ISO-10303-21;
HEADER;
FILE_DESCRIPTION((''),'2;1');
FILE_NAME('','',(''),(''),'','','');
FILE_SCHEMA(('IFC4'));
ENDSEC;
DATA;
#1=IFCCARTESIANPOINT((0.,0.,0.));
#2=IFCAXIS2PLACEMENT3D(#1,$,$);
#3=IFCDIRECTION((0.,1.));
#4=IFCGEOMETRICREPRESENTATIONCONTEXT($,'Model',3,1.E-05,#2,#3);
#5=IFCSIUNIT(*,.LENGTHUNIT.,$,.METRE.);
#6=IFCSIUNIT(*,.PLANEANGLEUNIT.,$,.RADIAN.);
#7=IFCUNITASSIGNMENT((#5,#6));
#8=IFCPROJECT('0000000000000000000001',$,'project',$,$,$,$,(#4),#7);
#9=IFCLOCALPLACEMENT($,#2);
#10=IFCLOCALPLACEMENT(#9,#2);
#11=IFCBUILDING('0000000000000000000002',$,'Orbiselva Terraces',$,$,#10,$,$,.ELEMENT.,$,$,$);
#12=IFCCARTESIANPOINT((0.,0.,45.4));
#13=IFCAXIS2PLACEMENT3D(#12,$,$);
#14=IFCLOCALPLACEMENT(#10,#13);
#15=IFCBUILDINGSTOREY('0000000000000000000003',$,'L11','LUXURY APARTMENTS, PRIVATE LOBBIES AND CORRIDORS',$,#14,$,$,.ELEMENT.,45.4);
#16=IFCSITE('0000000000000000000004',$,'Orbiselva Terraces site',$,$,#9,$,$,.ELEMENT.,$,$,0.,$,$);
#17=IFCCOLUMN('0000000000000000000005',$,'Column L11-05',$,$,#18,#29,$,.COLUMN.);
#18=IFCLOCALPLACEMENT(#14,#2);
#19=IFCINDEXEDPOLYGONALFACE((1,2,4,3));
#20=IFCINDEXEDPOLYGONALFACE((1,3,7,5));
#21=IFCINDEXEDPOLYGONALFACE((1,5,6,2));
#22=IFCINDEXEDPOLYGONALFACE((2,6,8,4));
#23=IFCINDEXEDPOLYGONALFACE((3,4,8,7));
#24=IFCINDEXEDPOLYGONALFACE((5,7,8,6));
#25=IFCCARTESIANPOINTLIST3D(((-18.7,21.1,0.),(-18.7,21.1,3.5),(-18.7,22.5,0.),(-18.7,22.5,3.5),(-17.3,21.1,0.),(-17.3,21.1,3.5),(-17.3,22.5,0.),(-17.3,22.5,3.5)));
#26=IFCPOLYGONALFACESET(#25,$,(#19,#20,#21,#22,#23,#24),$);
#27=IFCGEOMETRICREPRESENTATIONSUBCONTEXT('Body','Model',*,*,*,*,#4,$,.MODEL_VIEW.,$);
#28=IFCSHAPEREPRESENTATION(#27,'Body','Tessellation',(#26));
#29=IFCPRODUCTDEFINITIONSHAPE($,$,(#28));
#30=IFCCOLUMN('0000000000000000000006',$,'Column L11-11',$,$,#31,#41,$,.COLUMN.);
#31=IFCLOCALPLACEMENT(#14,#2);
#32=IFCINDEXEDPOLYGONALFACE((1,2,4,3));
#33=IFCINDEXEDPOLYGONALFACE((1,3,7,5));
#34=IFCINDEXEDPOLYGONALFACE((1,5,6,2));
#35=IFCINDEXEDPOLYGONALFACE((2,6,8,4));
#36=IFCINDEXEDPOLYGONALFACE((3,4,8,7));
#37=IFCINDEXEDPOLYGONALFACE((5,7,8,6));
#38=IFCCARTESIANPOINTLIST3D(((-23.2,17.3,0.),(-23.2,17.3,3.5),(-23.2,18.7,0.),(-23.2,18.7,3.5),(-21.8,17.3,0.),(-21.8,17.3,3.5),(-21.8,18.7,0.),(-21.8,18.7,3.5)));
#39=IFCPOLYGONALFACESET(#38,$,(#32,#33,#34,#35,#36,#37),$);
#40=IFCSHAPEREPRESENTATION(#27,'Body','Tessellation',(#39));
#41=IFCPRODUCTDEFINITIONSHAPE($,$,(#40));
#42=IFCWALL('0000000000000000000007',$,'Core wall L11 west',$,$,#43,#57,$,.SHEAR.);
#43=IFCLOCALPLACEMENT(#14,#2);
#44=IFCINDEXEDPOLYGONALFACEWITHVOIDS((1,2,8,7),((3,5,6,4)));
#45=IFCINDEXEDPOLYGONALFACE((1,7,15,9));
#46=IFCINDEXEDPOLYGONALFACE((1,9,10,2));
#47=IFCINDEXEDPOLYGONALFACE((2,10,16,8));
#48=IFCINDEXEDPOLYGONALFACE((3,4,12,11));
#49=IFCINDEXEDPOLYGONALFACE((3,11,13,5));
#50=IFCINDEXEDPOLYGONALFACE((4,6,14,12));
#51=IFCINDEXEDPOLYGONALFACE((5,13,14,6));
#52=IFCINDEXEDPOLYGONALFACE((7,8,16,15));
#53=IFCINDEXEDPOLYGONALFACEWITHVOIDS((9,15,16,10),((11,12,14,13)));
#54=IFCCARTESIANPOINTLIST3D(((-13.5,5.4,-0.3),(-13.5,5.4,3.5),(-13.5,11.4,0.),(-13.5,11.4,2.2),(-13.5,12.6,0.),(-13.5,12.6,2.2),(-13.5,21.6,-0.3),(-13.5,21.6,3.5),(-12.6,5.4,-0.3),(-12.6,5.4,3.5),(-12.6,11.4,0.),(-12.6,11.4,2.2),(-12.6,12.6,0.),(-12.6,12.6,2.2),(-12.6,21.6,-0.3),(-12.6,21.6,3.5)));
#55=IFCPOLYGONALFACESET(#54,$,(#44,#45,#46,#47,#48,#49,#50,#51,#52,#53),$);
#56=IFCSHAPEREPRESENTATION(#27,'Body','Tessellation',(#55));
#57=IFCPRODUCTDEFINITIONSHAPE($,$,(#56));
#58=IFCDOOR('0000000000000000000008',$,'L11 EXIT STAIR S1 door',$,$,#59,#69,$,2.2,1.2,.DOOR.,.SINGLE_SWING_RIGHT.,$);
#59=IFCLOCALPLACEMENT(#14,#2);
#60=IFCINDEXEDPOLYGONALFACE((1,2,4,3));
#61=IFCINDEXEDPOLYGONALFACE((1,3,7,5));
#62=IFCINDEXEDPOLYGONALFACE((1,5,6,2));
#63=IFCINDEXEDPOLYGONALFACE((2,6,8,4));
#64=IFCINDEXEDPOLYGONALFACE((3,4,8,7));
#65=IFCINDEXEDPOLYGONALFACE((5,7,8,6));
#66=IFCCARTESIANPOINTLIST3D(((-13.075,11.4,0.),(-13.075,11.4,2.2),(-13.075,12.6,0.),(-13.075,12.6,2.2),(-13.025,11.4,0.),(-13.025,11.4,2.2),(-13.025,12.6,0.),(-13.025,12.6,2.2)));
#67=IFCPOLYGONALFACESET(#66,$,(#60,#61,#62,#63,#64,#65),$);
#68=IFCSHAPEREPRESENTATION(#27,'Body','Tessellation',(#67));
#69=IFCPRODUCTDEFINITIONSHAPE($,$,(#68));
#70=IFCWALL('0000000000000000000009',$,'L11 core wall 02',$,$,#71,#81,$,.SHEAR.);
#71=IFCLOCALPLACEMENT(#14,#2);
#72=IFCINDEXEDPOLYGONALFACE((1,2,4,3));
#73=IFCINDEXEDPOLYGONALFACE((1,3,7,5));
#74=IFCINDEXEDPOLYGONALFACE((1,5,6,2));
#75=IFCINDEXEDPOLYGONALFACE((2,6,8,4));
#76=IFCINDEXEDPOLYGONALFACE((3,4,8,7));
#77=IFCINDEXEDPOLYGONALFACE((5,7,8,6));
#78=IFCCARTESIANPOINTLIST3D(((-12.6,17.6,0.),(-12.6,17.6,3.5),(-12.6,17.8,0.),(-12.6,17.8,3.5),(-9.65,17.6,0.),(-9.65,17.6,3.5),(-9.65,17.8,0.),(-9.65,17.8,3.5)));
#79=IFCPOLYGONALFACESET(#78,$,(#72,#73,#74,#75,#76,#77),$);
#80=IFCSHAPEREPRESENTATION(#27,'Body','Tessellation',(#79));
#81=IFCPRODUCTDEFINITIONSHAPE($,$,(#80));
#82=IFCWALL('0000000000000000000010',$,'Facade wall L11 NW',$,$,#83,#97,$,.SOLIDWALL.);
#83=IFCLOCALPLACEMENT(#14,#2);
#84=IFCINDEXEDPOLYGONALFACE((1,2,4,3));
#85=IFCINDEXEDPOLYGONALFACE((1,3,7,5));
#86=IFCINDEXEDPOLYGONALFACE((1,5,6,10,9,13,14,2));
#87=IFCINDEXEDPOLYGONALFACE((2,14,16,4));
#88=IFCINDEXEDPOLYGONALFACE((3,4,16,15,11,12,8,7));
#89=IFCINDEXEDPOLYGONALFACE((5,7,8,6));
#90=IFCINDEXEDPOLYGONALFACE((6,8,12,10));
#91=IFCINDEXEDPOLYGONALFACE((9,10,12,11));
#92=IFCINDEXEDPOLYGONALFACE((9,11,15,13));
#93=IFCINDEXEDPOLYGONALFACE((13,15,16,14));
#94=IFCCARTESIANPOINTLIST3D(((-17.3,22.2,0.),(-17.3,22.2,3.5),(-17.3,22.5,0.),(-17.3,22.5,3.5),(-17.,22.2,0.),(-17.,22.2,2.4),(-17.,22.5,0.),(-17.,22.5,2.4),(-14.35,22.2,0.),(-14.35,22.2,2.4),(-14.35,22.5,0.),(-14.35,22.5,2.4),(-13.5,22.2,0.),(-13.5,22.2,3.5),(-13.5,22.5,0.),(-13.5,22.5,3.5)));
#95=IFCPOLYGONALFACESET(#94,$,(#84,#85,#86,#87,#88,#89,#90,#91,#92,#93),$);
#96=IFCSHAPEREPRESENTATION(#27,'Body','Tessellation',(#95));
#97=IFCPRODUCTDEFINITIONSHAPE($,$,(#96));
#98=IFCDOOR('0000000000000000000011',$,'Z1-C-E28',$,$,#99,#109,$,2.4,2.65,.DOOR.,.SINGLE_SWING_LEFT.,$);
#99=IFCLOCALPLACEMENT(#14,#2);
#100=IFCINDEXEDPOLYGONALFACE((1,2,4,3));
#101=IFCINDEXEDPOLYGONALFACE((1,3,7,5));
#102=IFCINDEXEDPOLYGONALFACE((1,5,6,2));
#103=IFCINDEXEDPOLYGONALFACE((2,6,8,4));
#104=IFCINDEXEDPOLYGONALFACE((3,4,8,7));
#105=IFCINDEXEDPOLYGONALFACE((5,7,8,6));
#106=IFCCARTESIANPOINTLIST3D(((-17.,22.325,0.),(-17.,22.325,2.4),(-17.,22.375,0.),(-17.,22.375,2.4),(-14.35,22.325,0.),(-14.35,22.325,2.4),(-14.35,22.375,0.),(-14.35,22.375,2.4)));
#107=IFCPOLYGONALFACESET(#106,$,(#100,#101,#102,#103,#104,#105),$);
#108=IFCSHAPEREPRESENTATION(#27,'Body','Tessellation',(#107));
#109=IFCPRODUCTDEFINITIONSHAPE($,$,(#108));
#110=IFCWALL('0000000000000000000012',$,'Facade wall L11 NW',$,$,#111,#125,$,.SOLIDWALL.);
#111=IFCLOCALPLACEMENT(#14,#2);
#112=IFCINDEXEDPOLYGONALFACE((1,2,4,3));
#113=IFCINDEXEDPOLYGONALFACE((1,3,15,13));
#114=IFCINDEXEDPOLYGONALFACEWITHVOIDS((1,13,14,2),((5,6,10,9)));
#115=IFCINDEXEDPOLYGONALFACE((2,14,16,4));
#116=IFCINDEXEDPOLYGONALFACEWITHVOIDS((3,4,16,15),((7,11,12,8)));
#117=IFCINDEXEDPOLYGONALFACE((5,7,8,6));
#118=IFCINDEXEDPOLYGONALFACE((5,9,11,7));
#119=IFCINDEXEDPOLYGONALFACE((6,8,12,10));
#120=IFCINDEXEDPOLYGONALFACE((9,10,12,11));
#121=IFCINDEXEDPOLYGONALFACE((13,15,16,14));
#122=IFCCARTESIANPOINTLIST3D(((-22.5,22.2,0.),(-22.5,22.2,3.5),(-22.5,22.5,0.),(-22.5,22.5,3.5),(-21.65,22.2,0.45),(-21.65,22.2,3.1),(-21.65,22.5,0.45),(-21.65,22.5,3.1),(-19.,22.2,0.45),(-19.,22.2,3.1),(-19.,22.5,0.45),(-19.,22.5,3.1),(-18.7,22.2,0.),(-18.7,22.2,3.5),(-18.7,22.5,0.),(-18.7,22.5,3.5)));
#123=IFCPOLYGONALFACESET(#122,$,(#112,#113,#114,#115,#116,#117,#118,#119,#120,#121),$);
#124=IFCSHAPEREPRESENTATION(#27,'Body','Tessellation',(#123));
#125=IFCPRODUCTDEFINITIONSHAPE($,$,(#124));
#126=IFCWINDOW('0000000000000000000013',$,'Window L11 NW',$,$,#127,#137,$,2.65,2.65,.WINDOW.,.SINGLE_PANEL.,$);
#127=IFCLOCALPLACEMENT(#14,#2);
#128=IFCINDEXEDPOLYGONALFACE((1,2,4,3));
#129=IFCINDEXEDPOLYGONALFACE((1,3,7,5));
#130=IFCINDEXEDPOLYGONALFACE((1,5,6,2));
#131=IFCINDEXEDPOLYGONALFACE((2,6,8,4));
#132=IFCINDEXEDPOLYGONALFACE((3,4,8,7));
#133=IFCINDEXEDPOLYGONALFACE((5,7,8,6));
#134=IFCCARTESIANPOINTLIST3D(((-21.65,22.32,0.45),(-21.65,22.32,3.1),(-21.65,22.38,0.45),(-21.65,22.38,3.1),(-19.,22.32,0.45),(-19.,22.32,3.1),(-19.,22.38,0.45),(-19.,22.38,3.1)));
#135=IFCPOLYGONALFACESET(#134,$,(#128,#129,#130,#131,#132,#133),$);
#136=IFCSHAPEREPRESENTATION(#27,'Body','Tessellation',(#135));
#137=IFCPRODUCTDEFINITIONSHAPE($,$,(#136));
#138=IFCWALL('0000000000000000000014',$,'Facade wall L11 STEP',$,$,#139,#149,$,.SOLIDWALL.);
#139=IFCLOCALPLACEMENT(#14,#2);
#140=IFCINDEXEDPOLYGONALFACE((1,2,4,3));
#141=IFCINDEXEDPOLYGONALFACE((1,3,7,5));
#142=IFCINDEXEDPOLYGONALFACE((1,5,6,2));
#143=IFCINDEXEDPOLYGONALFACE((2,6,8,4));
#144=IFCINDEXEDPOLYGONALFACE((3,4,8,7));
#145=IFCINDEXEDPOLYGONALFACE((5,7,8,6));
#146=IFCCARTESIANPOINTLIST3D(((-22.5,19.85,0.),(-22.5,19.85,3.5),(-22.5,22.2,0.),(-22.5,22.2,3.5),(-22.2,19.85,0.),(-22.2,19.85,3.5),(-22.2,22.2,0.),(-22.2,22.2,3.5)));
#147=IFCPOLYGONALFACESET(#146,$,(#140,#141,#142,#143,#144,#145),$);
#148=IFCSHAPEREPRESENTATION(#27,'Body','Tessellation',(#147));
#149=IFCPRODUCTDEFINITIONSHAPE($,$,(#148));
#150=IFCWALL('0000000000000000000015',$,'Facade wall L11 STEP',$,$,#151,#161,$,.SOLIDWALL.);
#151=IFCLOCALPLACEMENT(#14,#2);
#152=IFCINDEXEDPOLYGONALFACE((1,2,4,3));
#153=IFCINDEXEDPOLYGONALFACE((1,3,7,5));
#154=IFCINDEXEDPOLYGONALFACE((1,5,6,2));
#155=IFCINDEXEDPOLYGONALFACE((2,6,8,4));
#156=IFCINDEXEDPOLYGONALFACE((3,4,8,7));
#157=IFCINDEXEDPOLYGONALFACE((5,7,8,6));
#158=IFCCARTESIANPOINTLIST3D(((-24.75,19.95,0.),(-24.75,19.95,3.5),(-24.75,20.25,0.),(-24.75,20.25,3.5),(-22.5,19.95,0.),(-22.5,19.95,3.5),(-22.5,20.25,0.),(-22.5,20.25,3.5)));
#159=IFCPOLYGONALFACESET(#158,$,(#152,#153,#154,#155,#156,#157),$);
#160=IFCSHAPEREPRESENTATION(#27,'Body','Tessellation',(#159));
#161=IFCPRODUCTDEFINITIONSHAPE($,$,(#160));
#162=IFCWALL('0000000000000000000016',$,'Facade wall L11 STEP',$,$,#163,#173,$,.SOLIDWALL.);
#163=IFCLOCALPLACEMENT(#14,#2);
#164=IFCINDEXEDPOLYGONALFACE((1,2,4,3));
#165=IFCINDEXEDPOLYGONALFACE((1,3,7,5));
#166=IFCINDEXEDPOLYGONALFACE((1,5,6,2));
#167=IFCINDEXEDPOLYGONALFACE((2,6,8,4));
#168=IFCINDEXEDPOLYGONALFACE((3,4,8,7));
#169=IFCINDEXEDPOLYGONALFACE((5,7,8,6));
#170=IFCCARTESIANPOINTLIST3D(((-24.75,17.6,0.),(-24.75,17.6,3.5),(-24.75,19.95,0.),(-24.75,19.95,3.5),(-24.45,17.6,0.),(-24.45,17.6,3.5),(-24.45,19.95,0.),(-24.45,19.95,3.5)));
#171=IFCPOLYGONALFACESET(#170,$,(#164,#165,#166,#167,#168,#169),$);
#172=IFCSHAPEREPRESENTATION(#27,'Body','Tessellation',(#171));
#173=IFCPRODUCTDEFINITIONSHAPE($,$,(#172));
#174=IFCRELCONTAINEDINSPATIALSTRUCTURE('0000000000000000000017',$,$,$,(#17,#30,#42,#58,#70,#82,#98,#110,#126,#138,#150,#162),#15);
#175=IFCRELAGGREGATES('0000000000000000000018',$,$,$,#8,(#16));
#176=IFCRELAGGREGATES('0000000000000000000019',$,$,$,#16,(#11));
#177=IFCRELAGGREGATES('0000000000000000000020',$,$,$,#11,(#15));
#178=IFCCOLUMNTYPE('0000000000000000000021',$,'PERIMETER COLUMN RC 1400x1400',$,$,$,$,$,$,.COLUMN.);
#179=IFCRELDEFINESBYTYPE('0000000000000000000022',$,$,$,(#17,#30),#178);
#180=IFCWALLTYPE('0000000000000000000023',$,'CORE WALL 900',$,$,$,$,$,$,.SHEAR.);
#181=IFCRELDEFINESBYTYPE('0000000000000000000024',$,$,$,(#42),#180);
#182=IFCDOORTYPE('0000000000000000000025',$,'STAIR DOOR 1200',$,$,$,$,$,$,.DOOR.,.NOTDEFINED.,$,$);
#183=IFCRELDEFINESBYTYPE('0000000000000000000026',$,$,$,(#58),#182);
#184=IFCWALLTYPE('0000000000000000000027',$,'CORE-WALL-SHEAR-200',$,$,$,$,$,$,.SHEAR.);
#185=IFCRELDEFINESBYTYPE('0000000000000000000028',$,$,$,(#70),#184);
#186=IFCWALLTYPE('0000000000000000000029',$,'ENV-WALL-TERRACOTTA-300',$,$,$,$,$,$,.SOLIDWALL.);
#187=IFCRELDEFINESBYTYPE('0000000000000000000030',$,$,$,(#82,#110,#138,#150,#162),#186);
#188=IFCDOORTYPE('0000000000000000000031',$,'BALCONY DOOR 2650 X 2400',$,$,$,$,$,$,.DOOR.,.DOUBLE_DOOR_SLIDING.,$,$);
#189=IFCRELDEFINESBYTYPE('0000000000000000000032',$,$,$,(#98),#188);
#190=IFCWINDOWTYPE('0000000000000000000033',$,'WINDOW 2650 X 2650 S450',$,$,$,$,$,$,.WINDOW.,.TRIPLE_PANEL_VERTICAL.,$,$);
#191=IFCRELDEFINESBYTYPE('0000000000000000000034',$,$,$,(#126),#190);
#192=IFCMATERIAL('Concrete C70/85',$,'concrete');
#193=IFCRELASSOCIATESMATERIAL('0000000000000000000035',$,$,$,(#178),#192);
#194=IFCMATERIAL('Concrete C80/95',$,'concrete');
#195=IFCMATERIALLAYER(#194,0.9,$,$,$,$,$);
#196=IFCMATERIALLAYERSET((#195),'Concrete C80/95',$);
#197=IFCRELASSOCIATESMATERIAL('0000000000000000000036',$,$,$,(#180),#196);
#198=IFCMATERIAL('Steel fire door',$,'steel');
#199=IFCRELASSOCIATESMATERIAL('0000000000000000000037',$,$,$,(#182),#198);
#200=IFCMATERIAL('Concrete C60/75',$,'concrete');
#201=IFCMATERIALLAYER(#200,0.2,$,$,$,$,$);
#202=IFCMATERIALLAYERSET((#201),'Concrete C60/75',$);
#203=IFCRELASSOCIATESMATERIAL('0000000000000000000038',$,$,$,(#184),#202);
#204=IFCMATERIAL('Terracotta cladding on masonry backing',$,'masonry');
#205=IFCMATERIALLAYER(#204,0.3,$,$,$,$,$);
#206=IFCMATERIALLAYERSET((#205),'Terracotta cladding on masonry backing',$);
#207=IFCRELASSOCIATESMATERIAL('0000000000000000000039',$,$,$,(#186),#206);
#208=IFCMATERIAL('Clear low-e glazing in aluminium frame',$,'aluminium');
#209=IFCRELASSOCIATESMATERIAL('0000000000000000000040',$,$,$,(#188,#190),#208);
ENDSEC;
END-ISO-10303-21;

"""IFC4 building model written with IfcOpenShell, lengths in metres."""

from ifc_helpers import new_model, si_unit, direction, frame, frame_2d, origin, origin_2d, place, context, subcontext, project, spatial, rectangle, extrude, material, layer, layer_set, material_profile, profile_set, type_object, element, fill, save


model = new_model("IFC4")

# Units and contexts
model_context = context("Model", 3, precision=1e-05, world=origin(), true_north=direction((0.0, 1.0)))
body_context = subcontext(model_context, "Body", "Model", "MODEL_VIEW")
ifc_project = project(units=[si_unit("LENGTHUNIT", "METRE"), si_unit("PLANEANGLEUNIT", "RADIAN")], contexts=[model_context])

# Site, building, storey
site_placement = place(None, origin())
site = spatial("IfcSite", under=ifc_project, at=site_placement, Name="Orbiselva Terraces site", CompositionType="ELEMENT", RefElevation=0.0)
building_placement = place(site_placement, origin())
building = spatial("IfcBuilding", under=site, at=building_placement, Name="Orbiselva Terraces", CompositionType="ELEMENT")
storey_placement = place(building_placement, frame((0.0, 0.0, 45.4)))
storey = spatial("IfcBuildingStorey", under=building, at=storey_placement, Name="L11", Description="LUXURY APARTMENTS, PRIVATE LOBBIES AND CORRIDORS", CompositionType="ELEMENT", Elevation=45.4)

# Columns
ifc_material_1 = material(Name="Concrete C70/85", Category="concrete")
ifc_material_profile = material_profile(ifc_material_1, rectangle(XDim=1.4, YDim=1.4, at=origin_2d()), Name="RC 1400x1400")
ifc_profile_set = profile_set([ifc_material_profile], Name="Concrete C70/85")
column_type = type_object("IfcColumnType", Name="PERIMETER COLUMN RC 1400x1400", PredefinedType="COLUMN", material=ifc_profile_set)
for number, where, z_axis, x_axis, name in (
    (1, (-18.0, 21.8, 0.0), (0.0, 0.0, 1.0), (1.0, 0.0, 0.0), "Column L11-05"),
    (2, (-22.5, 18.0, 0.0), (0.0, 0.0, 1.0), (1.0, 0.0, 0.0), "Column L11-11"),
):
    element("IfcColumn", number, at=place(storey_placement, frame(where, z_axis=z_axis, x_axis=x_axis)), inside=storey, type_object=column_type, Name=name, PredefinedType="COLUMN", context=body_context, shape_type="SweptSolid", body=[
        extrude(rectangle(XDim=1.4, YDim=1.4, at=origin_2d()), origin(), (0.0, 0.0, 1.0), 3.5),
    ])

# Wall, opening, door
ifc_material_2 = material(Name="Concrete C80/95", Category="concrete")
ifc_layer_1 = layer(ifc_material_2, 0.9)
ifc_layer_set_1 = layer_set([ifc_layer_1], Name="Concrete C80/95")
wall_type_1 = type_object("IfcWallType", Name="CORE WALL 900", PredefinedType="SHEAR", material=ifc_layer_set_1)
wall_1_placement = place(storey_placement, frame((-13.05, 21.6, -0.3), z_axis=(0.0, 0.0, 1.0), x_axis=(0.0, -1.0, 0.0)))
wall_1 = element("IfcWall", 3, at=wall_1_placement, inside=storey, type_object=wall_type_1, Name="Core wall L11 west", PredefinedType="SHEAR", context=body_context, shape_type="SweptSolid", body=[
    extrude(rectangle(XDim=16.2, YDim=0.9, at=frame_2d((8.1, 0.0))), origin(), (0.0, 0.0, 1.0), 3.8),
])
opening_1_placement = place(wall_1_placement, frame((9.0, 0.0, 0.3)))
opening_1 = element("IfcOpeningElement", 4, at=opening_1_placement, cuts=wall_1, PredefinedType="OPENING", context=body_context, shape_type="SweptSolid", body=[
    extrude(rectangle(XDim=1.2, YDim=2.2, at=frame_2d((0.6, 1.1))), frame((0.0, 0.46, 0.0), z_axis=(0.0, -1.0, 0.0), x_axis=(1.0, 0.0, 0.0)), (0.0, 0.0, 1.0), 0.92),
])
ifc_material_3 = material(Name="Steel fire door", Category="steel")
door_type_1 = type_object("IfcDoorType", Name="STAIR DOOR 1200", OperationType="NOTDEFINED", PredefinedType="DOOR", material=ifc_material_3)
door_1_placement = place(opening_1_placement, frame((1.2, 0.0, 0.0), z_axis=(0.0, 0.0, 1.0), x_axis=(-1.0, 0.0, 0.0)))
door_1 = element("IfcDoor", 5, at=door_1_placement, inside=storey, type_object=door_type_1, Name="L11 EXIT STAIR S1 door", OperationType="SINGLE_SWING_RIGHT", OverallHeight=2.2, OverallWidth=1.2, PredefinedType="DOOR", context=body_context, shape_type="SweptSolid", body=[
    extrude(rectangle(XDim=1.2, YDim=2.2, at=frame_2d((0.6, 1.1))), frame((0.0, 0.025, 0.0), z_axis=(0.0, -1.0, 0.0), x_axis=(1.0, 0.0, 0.0)), (0.0, 0.0, 1.0), 0.05),
])
fill(opening_1, door_1)

# Wall
ifc_material_4 = material(Name="Concrete C60/75", Category="concrete")
ifc_layer_2 = layer(ifc_material_4, 0.2)
ifc_layer_set_2 = layer_set([ifc_layer_2], Name="Concrete C60/75")
wall_type_2 = type_object("IfcWallType", Name="CORE-WALL-SHEAR-200", PredefinedType="SHEAR", material=ifc_layer_set_2)
wall_2_placement = place(storey_placement, frame((-12.6, 17.7, 0.0), z_axis=(0.0, 0.0, 1.0), x_axis=(1.0, 0.0, 0.0)))
element("IfcWall", 6, at=wall_2_placement, inside=storey, type_object=wall_type_2, Name="L11 core wall 02", PredefinedType="SHEAR", context=body_context, shape_type="SweptSolid", body=[
    extrude(rectangle(XDim=2.95, YDim=0.2, at=frame_2d((1.475, 0.0))), origin(), (0.0, 0.0, 1.0), 3.5),
])

# Wall, opening, door
ifc_material_5 = material(Name="Terracotta cladding on masonry backing", Category="masonry")
ifc_layer_3 = layer(ifc_material_5, 0.3)
ifc_layer_set_3 = layer_set([ifc_layer_3], Name="Terracotta cladding on masonry backing")
wall_type_3 = type_object("IfcWallType", Name="ENV-WALL-TERRACOTTA-300", PredefinedType="SOLIDWALL", material=ifc_layer_set_3)
wall_3_placement = place(storey_placement, frame((-17.3, 22.35, 0.0), z_axis=(0.0, 0.0, 1.0), x_axis=(1.0, 0.0, 0.0)))
wall_3 = element("IfcWall", 7, at=wall_3_placement, inside=storey, type_object=wall_type_3, Name="Facade wall L11 NW", PredefinedType="SOLIDWALL", context=body_context, shape_type="SweptSolid", body=[
    extrude(rectangle(XDim=3.8, YDim=0.3, at=frame_2d((1.9, 0.0))), origin(), (0.0, 0.0, 1.0), 3.5),
])
opening_2_placement = place(wall_3_placement, frame((0.3, 0.0, 0.0)))
opening_2 = element("IfcOpeningElement", 8, at=opening_2_placement, cuts=wall_3, PredefinedType="OPENING", context=body_context, shape_type="SweptSolid", body=[
    extrude(rectangle(XDim=2.65, YDim=2.4, at=frame_2d((1.325, 1.2))), frame((0.0, 0.16, 0.0), z_axis=(0.0, -1.0, 0.0), x_axis=(1.0, 0.0, 0.0)), (0.0, 0.0, 1.0), 0.32),
])
ifc_material_6 = material(Name="Clear low-e glazing in aluminium frame", Category="aluminium")
door_type_2 = type_object("IfcDoorType", Name="BALCONY DOOR 2650 X 2400", OperationType="DOUBLE_DOOR_SLIDING", PredefinedType="DOOR", material=ifc_material_6)
door_2_placement = place(opening_2_placement, origin())
door_2 = element("IfcDoor", 9, at=door_2_placement, inside=storey, type_object=door_type_2, Name="Z1-C-E28", OperationType="SINGLE_SWING_LEFT", OverallHeight=2.4, OverallWidth=2.65, PredefinedType="DOOR", context=body_context, shape_type="SweptSolid", body=[
    extrude(rectangle(XDim=2.65, YDim=2.4, at=frame_2d((1.325, 1.2))), frame((0.0, 0.025, 0.0), z_axis=(0.0, -1.0, 0.0), x_axis=(1.0, 0.0, 0.0)), (0.0, 0.0, 1.0), 0.05),
])
fill(opening_2, door_2)

# Wall, opening, window
wall_4_placement = place(storey_placement, frame((-22.5, 22.35, 0.0), z_axis=(0.0, 0.0, 1.0), x_axis=(1.0, 0.0, 0.0)))
wall_4 = element("IfcWall", 10, at=wall_4_placement, inside=storey, type_object=wall_type_3, Name="Facade wall L11 NW", PredefinedType="SOLIDWALL", context=body_context, shape_type="SweptSolid", body=[
    extrude(rectangle(XDim=3.8, YDim=0.3, at=frame_2d((1.9, 0.0))), origin(), (0.0, 0.0, 1.0), 3.5),
])
opening_3_placement = place(wall_4_placement, frame((0.85, 0.0, 0.45)))
opening_3 = element("IfcOpeningElement", 11, at=opening_3_placement, cuts=wall_4, PredefinedType="OPENING", context=body_context, shape_type="SweptSolid", body=[
    extrude(rectangle(XDim=2.65, YDim=2.65, at=frame_2d((1.325, 1.325))), frame((0.0, 0.16, 0.0), z_axis=(0.0, -1.0, 0.0), x_axis=(1.0, 0.0, 0.0)), (0.0, 0.0, 1.0), 0.32),
])
window_type = type_object("IfcWindowType", Name="WINDOW 2650 X 2650 S450", PartitioningType="TRIPLE_PANEL_VERTICAL", PredefinedType="WINDOW", material=ifc_material_6)
window_placement = place(opening_3_placement, origin())
window = element("IfcWindow", 12, at=window_placement, inside=storey, type_object=window_type, Name="Window L11 NW", OverallHeight=2.65, OverallWidth=2.65, PartitioningType="SINGLE_PANEL", PredefinedType="WINDOW", context=body_context, shape_type="SweptSolid", body=[
    extrude(rectangle(XDim=2.65, YDim=2.65, at=frame_2d((1.325, 1.325))), frame((0.0, 0.03, 0.0), z_axis=(0.0, -1.0, 0.0), x_axis=(1.0, 0.0, 0.0)), (0.0, 0.0, 1.0), 0.06),
])
fill(opening_3, window)

# Walls
wall_5_placement = place(storey_placement, frame((-22.35, 19.85, 0.0), z_axis=(0.0, 0.0, 1.0), x_axis=(0.0, 1.0, 0.0)))
element("IfcWall", 13, at=wall_5_placement, inside=storey, type_object=wall_type_3, Name="Facade wall L11 STEP", PredefinedType="SOLIDWALL", context=body_context, shape_type="SweptSolid", body=[
    extrude(rectangle(XDim=2.35, YDim=0.3, at=frame_2d((1.175, 0.0))), origin(), (0.0, 0.0, 1.0), 3.5),
])
wall_6_placement = place(storey_placement, frame((-24.75, 20.1, 0.0), z_axis=(0.0, 0.0, 1.0), x_axis=(1.0, 0.0, 0.0)))
element("IfcWall", 14, at=wall_6_placement, inside=storey, type_object=wall_type_3, Name="Facade wall L11 STEP", PredefinedType="SOLIDWALL", context=body_context, shape_type="SweptSolid", body=[
    extrude(rectangle(XDim=2.25, YDim=0.3, at=frame_2d((1.125, 0.0))), origin(), (0.0, 0.0, 1.0), 3.5),
])
wall_7_placement = place(storey_placement, frame((-24.6, 17.6, 0.0), z_axis=(0.0, 0.0, 1.0), x_axis=(0.0, 1.0, 0.0)))
element("IfcWall", 15, at=wall_7_placement, inside=storey, type_object=wall_type_3, Name="Facade wall L11 STEP", PredefinedType="SOLIDWALL", context=body_context, shape_type="SweptSolid", body=[
    extrude(rectangle(XDim=2.35, YDim=0.3, at=frame_2d((1.175, 0.0))), origin(), (0.0, 0.0, 1.0), 3.5),
])

save(model, "model.ifc")
